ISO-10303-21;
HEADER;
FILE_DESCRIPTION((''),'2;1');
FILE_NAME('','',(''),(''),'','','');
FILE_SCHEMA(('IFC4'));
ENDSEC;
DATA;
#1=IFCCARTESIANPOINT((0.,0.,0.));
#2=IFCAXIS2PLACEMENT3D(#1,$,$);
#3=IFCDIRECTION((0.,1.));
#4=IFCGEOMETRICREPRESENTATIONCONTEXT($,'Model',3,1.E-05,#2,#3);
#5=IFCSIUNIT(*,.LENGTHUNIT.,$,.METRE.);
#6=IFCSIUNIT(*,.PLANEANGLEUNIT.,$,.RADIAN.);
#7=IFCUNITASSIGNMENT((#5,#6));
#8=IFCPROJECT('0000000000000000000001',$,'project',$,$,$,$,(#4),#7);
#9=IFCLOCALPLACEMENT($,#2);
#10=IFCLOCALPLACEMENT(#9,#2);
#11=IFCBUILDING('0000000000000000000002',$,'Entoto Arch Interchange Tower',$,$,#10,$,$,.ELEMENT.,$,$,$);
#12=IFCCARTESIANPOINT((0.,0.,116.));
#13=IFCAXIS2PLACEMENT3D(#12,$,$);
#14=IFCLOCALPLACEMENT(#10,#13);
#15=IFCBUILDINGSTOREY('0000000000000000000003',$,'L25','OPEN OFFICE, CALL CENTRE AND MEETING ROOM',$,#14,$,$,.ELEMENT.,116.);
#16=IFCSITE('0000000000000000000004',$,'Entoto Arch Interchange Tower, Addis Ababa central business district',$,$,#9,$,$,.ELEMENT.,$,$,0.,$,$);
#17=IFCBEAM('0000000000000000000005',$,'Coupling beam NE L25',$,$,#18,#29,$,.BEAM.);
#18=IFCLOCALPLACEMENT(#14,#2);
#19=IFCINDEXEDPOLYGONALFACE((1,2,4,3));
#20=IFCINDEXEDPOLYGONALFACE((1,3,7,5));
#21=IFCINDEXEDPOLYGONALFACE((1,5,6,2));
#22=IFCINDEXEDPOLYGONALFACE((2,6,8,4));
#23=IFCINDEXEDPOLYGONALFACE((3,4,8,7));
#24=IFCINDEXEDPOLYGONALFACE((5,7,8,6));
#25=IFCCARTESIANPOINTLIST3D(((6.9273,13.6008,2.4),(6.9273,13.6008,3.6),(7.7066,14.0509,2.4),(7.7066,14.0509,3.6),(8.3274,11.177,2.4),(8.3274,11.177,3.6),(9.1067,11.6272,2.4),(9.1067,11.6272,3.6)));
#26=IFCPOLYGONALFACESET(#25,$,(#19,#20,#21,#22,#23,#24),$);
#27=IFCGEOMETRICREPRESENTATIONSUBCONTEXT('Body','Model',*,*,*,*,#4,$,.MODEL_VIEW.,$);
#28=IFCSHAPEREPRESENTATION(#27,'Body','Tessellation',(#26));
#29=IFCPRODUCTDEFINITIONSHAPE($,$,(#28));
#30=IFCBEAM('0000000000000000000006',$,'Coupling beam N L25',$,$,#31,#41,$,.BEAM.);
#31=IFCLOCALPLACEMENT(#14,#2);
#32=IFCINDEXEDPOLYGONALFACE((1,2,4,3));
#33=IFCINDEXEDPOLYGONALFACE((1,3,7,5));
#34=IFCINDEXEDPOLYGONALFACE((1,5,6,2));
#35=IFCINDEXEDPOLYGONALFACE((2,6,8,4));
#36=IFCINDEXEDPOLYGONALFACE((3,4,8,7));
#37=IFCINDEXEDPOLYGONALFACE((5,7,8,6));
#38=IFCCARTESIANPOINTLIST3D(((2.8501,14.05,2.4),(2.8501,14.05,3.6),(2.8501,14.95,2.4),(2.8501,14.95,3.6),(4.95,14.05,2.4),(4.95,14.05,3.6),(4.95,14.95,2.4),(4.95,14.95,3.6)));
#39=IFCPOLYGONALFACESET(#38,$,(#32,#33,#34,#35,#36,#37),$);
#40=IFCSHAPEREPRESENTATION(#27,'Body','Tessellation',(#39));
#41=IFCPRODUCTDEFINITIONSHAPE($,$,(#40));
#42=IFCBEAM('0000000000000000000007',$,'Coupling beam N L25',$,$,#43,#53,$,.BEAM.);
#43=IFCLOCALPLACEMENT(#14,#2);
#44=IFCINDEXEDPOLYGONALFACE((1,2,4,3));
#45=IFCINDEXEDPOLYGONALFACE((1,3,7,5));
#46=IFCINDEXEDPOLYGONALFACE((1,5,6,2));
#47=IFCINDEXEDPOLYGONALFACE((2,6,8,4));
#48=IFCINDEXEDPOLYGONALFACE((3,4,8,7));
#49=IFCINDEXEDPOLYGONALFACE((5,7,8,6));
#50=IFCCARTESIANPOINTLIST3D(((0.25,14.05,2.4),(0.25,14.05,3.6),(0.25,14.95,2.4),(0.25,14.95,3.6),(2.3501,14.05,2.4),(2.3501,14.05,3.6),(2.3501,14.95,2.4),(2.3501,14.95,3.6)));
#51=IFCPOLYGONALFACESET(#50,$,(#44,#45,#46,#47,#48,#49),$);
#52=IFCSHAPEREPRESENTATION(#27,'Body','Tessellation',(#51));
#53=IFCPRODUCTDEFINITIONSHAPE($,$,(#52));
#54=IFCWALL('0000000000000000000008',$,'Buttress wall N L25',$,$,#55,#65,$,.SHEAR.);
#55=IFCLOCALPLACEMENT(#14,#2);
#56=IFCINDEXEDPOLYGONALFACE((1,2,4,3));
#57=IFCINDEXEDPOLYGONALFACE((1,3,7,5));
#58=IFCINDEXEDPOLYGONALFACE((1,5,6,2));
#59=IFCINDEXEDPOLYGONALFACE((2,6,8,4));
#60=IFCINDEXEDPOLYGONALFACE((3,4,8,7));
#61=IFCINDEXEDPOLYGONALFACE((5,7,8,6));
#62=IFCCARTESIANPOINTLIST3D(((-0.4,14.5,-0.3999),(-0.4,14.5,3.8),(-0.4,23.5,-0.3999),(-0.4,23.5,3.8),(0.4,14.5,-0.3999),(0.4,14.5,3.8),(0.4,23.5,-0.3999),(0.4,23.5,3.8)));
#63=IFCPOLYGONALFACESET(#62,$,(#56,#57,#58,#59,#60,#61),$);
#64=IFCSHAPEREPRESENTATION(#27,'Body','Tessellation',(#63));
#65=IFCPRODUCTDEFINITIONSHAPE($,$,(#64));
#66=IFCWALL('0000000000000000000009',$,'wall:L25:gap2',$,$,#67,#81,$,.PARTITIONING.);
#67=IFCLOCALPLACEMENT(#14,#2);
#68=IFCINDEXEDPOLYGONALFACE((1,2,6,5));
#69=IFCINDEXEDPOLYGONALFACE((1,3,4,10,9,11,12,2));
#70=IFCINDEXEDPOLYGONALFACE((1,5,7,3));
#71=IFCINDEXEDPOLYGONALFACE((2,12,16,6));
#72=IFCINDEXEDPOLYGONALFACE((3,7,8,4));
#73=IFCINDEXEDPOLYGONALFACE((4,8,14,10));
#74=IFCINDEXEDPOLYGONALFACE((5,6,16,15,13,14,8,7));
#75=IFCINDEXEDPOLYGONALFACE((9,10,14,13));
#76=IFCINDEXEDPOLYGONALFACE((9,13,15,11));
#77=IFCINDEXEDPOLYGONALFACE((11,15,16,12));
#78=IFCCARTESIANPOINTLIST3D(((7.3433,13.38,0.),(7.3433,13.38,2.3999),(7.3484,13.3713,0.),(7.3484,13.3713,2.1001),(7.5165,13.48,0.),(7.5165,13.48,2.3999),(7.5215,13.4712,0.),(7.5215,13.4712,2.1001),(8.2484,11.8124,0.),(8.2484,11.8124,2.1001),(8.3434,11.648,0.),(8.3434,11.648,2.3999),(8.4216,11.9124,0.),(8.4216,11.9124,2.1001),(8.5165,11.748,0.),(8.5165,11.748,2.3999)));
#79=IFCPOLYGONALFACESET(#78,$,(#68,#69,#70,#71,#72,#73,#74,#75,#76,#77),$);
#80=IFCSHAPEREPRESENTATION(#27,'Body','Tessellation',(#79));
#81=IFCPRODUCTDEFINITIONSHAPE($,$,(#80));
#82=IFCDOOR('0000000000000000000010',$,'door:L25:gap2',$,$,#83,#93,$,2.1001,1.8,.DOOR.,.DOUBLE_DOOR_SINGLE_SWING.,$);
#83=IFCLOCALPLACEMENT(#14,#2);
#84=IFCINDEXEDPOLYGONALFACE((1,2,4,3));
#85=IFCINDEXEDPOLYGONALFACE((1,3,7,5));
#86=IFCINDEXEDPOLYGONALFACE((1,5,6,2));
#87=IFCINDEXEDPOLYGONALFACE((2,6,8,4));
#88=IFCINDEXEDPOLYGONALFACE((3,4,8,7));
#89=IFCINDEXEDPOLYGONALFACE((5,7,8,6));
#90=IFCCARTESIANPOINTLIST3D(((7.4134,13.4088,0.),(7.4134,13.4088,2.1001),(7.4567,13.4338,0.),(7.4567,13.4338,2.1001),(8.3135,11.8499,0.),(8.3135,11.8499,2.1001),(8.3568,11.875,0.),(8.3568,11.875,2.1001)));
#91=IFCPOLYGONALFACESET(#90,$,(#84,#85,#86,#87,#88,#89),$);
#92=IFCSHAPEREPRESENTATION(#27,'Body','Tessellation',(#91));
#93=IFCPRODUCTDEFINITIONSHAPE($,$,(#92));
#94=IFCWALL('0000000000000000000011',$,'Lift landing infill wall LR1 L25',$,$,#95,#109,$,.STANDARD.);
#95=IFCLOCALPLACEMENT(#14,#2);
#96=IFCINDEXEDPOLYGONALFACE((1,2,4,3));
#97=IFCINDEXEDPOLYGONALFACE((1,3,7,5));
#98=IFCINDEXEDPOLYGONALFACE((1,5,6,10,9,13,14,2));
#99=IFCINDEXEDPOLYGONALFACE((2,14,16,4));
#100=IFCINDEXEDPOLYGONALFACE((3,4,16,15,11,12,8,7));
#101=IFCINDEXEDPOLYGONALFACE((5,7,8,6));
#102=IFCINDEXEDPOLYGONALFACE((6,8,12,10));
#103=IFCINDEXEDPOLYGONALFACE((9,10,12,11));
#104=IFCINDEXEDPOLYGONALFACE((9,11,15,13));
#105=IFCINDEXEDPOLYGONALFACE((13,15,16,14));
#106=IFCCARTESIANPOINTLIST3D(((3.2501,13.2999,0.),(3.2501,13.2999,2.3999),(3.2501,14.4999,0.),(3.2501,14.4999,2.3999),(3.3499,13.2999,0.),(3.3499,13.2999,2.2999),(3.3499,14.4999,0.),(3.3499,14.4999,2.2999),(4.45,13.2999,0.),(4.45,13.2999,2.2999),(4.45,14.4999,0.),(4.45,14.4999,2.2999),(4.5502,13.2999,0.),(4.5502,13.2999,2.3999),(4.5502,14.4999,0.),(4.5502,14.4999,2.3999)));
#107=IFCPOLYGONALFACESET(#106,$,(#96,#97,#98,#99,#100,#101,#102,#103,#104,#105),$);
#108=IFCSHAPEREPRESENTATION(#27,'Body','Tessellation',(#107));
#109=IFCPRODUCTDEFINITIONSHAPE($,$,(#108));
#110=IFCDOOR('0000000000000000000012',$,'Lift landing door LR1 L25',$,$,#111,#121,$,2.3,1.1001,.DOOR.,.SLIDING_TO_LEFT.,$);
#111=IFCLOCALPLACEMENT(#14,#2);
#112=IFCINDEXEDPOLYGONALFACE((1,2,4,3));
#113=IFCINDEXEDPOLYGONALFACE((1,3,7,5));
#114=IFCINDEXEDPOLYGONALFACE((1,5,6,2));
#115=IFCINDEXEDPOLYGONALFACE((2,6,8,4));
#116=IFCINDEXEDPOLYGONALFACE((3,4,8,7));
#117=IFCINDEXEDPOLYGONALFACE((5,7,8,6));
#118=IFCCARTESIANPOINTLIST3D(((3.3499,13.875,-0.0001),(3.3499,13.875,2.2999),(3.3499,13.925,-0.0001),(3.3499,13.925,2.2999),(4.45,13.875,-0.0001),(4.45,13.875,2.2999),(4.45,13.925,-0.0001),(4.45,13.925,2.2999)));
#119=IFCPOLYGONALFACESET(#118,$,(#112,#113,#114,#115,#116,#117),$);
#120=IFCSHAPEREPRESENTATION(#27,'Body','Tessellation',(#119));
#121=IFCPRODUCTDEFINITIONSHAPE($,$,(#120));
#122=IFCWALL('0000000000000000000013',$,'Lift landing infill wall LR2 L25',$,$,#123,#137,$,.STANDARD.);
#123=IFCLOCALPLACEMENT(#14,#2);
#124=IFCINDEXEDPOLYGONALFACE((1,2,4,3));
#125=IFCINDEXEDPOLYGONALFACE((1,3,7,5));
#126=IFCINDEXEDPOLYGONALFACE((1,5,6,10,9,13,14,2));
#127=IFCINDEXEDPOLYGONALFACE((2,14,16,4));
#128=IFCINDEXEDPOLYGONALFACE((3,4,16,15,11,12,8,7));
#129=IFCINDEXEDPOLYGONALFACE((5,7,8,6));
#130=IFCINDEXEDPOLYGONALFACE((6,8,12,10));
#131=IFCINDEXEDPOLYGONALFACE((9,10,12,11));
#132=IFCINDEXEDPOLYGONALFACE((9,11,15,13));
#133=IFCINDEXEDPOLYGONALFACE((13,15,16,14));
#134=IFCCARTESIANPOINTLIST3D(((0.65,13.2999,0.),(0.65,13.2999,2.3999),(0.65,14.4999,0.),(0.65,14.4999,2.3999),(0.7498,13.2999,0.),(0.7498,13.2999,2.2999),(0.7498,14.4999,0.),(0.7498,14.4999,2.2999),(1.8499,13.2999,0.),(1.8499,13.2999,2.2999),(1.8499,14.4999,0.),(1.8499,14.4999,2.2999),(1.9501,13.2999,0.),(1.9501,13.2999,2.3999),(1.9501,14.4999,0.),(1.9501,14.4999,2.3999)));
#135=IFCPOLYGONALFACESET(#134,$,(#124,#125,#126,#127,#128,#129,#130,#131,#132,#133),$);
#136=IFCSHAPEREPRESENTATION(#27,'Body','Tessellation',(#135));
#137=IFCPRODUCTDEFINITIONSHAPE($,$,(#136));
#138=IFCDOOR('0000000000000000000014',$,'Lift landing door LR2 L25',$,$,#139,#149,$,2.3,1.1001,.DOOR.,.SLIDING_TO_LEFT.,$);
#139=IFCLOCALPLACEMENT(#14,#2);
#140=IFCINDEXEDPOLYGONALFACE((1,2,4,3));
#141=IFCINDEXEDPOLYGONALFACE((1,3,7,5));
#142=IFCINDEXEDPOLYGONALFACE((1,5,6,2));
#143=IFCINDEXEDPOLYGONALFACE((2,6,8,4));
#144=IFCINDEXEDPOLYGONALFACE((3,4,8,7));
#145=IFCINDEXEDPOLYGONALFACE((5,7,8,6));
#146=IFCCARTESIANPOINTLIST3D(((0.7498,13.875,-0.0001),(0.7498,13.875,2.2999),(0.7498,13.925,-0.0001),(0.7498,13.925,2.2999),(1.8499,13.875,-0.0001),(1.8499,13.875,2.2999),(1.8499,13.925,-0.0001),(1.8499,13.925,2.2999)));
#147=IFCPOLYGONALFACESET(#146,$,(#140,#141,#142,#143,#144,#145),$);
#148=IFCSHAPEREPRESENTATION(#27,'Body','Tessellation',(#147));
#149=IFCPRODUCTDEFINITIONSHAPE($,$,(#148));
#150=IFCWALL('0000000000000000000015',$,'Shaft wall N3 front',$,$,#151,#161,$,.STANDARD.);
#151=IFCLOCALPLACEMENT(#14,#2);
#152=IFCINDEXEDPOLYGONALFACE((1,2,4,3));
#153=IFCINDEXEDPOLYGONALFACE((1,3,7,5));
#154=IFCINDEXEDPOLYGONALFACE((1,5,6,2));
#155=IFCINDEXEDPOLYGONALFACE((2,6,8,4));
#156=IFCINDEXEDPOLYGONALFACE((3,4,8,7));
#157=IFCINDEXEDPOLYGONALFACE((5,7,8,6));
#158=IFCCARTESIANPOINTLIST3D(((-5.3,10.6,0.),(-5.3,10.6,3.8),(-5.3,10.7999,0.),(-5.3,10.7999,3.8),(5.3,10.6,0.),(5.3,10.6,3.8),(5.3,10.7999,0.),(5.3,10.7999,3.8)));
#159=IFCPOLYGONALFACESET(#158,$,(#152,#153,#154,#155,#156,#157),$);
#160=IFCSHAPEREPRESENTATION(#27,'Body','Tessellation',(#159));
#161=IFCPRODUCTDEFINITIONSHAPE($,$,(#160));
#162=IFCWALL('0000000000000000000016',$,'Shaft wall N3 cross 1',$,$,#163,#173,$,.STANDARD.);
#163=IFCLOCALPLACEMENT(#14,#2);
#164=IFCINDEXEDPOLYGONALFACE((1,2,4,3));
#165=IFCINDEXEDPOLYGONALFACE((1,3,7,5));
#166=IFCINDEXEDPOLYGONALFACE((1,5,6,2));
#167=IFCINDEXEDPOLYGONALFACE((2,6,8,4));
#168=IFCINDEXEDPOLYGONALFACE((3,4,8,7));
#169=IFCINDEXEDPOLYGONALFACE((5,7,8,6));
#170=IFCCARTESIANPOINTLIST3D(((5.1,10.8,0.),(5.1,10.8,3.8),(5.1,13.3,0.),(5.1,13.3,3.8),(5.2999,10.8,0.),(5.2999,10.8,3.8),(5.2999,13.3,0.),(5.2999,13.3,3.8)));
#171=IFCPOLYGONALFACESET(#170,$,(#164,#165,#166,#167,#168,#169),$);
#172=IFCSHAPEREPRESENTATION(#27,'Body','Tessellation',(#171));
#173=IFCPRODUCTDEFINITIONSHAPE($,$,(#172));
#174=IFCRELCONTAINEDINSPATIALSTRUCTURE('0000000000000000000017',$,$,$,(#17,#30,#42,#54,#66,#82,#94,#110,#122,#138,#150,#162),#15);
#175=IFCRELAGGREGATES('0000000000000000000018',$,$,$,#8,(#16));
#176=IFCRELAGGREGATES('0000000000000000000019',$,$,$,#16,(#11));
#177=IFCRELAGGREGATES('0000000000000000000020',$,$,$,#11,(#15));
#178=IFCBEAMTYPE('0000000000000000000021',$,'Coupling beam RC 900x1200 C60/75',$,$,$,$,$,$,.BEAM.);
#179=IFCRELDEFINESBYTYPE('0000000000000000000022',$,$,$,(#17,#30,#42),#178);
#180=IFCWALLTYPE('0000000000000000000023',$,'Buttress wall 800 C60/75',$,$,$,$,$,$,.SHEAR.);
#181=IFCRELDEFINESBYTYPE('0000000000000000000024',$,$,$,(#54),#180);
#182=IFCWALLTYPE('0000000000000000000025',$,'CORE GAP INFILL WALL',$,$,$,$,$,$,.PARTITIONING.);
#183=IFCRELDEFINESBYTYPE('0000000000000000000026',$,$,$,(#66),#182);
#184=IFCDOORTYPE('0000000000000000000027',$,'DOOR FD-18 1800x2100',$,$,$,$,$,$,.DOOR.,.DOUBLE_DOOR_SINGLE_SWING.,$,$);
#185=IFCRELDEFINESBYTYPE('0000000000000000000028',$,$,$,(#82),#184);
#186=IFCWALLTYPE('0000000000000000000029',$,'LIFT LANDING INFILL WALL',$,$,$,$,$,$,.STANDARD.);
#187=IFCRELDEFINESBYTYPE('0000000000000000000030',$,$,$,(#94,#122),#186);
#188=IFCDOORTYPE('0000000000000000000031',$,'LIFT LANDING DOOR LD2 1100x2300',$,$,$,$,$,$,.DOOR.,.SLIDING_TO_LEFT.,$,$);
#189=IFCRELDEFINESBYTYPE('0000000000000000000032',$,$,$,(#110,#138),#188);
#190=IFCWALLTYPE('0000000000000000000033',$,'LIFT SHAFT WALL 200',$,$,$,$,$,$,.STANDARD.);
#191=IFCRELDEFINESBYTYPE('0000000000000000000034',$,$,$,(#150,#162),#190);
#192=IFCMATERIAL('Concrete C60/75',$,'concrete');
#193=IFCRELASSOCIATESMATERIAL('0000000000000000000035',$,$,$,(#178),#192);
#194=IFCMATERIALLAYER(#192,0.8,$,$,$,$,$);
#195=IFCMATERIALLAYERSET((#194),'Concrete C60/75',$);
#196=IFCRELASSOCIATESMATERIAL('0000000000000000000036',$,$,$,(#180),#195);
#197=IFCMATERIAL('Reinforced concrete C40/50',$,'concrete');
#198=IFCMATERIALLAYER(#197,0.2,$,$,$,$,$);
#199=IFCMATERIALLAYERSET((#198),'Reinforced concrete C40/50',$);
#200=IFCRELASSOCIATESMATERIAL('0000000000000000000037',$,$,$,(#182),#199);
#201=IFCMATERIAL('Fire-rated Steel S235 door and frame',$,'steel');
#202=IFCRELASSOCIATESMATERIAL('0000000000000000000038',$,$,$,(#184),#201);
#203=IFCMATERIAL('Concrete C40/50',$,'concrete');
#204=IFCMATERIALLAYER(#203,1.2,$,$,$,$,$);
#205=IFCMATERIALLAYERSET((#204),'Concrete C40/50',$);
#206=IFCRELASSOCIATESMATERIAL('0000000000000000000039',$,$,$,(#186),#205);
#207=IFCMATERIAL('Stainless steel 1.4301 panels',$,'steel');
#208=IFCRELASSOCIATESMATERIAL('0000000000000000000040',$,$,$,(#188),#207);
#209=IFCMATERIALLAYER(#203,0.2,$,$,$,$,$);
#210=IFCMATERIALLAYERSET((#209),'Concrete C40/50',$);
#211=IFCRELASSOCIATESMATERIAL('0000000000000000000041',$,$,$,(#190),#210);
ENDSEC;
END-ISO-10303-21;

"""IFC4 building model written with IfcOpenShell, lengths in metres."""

from ifc_helpers import new_model, si_unit, direction, frame, frame_2d, origin, origin_2d, place, context, subcontext, project, spatial, rectangle, extrude, material, layer, layer_set, material_profile, profile_set, type_object, element, fill, save


model = new_model("IFC4")

# Units and contexts
model_context = context("Model", 3, precision=1e-05, world=origin(), true_north=direction((0.0, 1.0)))
body_context = subcontext(model_context, "Body", "Model", "MODEL_VIEW")
ifc_project = project(units=[si_unit("LENGTHUNIT", "METRE"), si_unit("PLANEANGLEUNIT", "RADIAN")], contexts=[model_context])

# Site, building, storey
site_placement = place(None, origin())
site = spatial("IfcSite", under=ifc_project, at=site_placement, Name="Entoto Arch Interchange Tower, Addis Ababa central business district", CompositionType="ELEMENT", RefElevation=0.0)
building_placement = place(site_placement, origin())
building = spatial("IfcBuilding", under=site, at=building_placement, Name="Entoto Arch Interchange Tower", CompositionType="ELEMENT")
storey_placement = place(building_placement, frame((0.0, 0.0, 116.0)))
storey = spatial("IfcBuildingStorey", under=building, at=storey_placement, Name="L25", Description="OPEN OFFICE, CALL CENTRE AND MEETING ROOM", CompositionType="ELEMENT", Elevation=116.0)

# Beams
ifc_material_1 = material(Name="Concrete C60/75", Category="concrete")
ifc_material_profile = material_profile(ifc_material_1, rectangle(XDim=0.8999, YDim=1.2, at=origin_2d()))
ifc_profile_set = profile_set([ifc_material_profile], Name="Concrete C60/75")
beam_type = type_object("IfcBeamType", Name="Coupling beam RC 900x1200 C60/75", PredefinedType="BEAM", material=ifc_profile_set)
beam_1_placement = place(storey_placement, frame((8.717, 11.4021, 3.0), z_axis=(-0.500201, 0.86591, 0.0), x_axis=(-0.86591, -0.500201, 0.0)))
element("IfcBeam", 1, at=beam_1_placement, inside=storey, type_object=beam_type, Name="Coupling beam NE L25", PredefinedType="BEAM", context=body_context, shape_type="SweptSolid", body=[
    extrude(rectangle(XDim=0.8999, YDim=1.2, at=origin_2d()), origin(), (0.0, 0.0, 1.0), 2.7991),
])
beam_2_placement = place(storey_placement, frame((4.95, 14.5, 3.0), z_axis=(-1.0, 0.0, 0.0), x_axis=(0.0, -1.0, 0.0)))
element("IfcBeam", 2, at=beam_2_placement, inside=storey, type_object=beam_type, Name="Coupling beam N L25", PredefinedType="BEAM", context=body_context, shape_type="SweptSolid", body=[
    extrude(rectangle(XDim=0.8999, YDim=1.2, at=origin_2d()), origin(), (0.0, 0.0, 1.0), 2.0999),
])
beam_3_placement = place(storey_placement, frame((2.3501, 14.5, 3.0), z_axis=(-1.0, 0.0, 0.0), x_axis=(0.0, -1.0, 0.0)))
element("IfcBeam", 3, at=beam_3_placement, inside=storey, type_object=beam_type, Name="Coupling beam N L25", PredefinedType="BEAM", context=body_context, shape_type="SweptSolid", body=[
    extrude(rectangle(XDim=0.8999, YDim=1.2, at=origin_2d()), origin(), (0.0, 0.0, 1.0), 2.1001),
])

# Wall
ifc_layer_1 = layer(ifc_material_1, 0.8)
ifc_layer_set_1 = layer_set([ifc_layer_1], Name="Concrete C60/75")
wall_type_1 = type_object("IfcWallType", Name="Buttress wall 800 C60/75", PredefinedType="SHEAR", material=ifc_layer_set_1)
wall_1_placement = place(storey_placement, frame((0.0, 14.5, -0.3999), z_axis=(0.0, 0.0, 1.0), x_axis=(0.0, 1.0, 0.0)))
element("IfcWall", 4, at=wall_1_placement, inside=storey, type_object=wall_type_1, Name="Buttress wall N L25", PredefinedType="SHEAR", context=body_context, shape_type="SweptSolid", body=[
    extrude(rectangle(XDim=9.0, YDim=0.8, at=frame_2d((4.5, 0.0))), origin(), (0.0, 0.0, 1.0), 4.2),
])

# Walls, openings, doors
ifc_material_2 = material(Name="Reinforced concrete C40/50", Category="concrete")
ifc_layer_2 = layer(ifc_material_2, 0.2)
ifc_layer_set_2 = layer_set([ifc_layer_2], Name="Reinforced concrete C40/50")
wall_type_2 = type_object("IfcWallType", Name="CORE GAP INFILL WALL", PredefinedType="PARTITIONING", material=ifc_layer_set_2)
wall_2_placement = place(storey_placement, frame((8.4299, 11.698, 0.0), z_axis=(0.0, 0.0, 1.0), x_axis=(-0.500025, 0.866011, 0.0)))
wall_2 = element("IfcWall", 5, at=wall_2_placement, inside=storey, type_object=wall_type_2, Name="wall:L25:gap2", PredefinedType="PARTITIONING", context=body_context, shape_type="SweptSolid", body=[
    extrude(rectangle(XDim=2.0, YDim=0.2, at=frame_2d((1.0, 0.0))), origin(), (0.0, 0.0, 1.0), 2.3999),
])
opening_1_placement = place(wall_2_placement, frame((0.1899, 0.0, 0.0)))
opening_1 = element("IfcOpeningElement", 6, at=opening_1_placement, cuts=wall_2, PredefinedType="OPENING", context=body_context, shape_type="SweptSolid", body=[
    extrude(rectangle(XDim=1.8, YDim=2.1001, at=frame_2d((0.8999, 1.05))), frame((0.0, 0.1099, 0.0), z_axis=(0.0, -1.0, 0.0), x_axis=(1.0, 0.0, 0.0)), (0.0, 0.0, 1.0), 0.22),
])
ifc_material_3 = material(Name="Fire-rated Steel S235 door and frame", Category="steel")
door_type_1 = type_object("IfcDoorType", Name="DOOR FD-18 1800x2100", OperationType="DOUBLE_DOOR_SINGLE_SWING", PredefinedType="DOOR", material=ifc_material_3)
door_1_placement = place(opening_1_placement, origin())
door_1 = element("IfcDoor", 7, at=door_1_placement, inside=storey, type_object=door_type_1, Name="door:L25:gap2", OperationType="DOUBLE_DOOR_SINGLE_SWING", OverallHeight=2.1001, OverallWidth=1.8, PredefinedType="DOOR", context=body_context, shape_type="SweptSolid", body=[
    extrude(rectangle(XDim=1.8, YDim=2.1001, at=frame_2d((0.8999, 1.05))), frame((0.0, 0.0249, 0.0), z_axis=(0.0, -1.0, 0.0), x_axis=(1.0, 0.0, 0.0)), (0.0, 0.0, 1.0), 0.05),
])
fill(opening_1, door_1)
ifc_material_4 = material(Name="Concrete C40/50", Category="concrete")
ifc_layer_3 = layer(ifc_material_4, 1.2)
ifc_layer_set_3 = layer_set([ifc_layer_3], Name="Concrete C40/50")
wall_type_3 = type_object("IfcWallType", Name="LIFT LANDING INFILL WALL", PredefinedType="STANDARD", material=ifc_layer_set_3)
wall_3_placement = place(storey_placement, frame((4.55, 13.8999, 0.0), z_axis=(0.0, 0.0, 1.0), x_axis=(-1.0, 0.0, 0.0)))
wall_3 = element("IfcWall", 8, at=wall_3_placement, inside=storey, type_object=wall_type_3, Name="Lift landing infill wall LR1 L25", PredefinedType="STANDARD", context=body_context, shape_type="SweptSolid", body=[
    extrude(rectangle(XDim=1.3, YDim=1.2, at=frame_2d((0.6499, 0.0))), origin(), (0.0, 0.0, 1.0), 2.3999),
])
opening_2_placement = place(wall_3_placement, frame((0.1001, 0.0, 0.0)))
opening_2 = element("IfcOpeningElement", 9, at=opening_2_placement, cuts=wall_3, PredefinedType="OPENING", context=body_context, shape_type="SweptSolid", body=[
    extrude(rectangle(XDim=1.1001, YDim=2.3, at=frame_2d((0.55, 1.1499))), frame((0.0, 0.6099, 0.0), z_axis=(0.0, -1.0, 0.0), x_axis=(1.0, 0.0, 0.0)), (0.0, 0.0, 1.0), 1.22),
])
ifc_material_5 = material(Name="Stainless steel 1.4301 panels", Category="steel")
door_type_2 = type_object("IfcDoorType", Name="LIFT LANDING DOOR LD2 1100x2300", OperationType="SLIDING_TO_LEFT", PredefinedType="DOOR", material=ifc_material_5)
door_2_placement = place(opening_2_placement, origin())
door_2 = element("IfcDoor", 10, at=door_2_placement, inside=storey, type_object=door_type_2, Name="Lift landing door LR1 L25", OperationType="SLIDING_TO_LEFT", OverallHeight=2.3, OverallWidth=1.1001, PredefinedType="DOOR", context=body_context, shape_type="SweptSolid", body=[
    extrude(rectangle(XDim=1.1001, YDim=2.3, at=frame_2d((0.55, 1.1499))), frame((0.0, 0.0249, 0.0), z_axis=(0.0, -1.0, 0.0), x_axis=(1.0, 0.0, 0.0)), (0.0, 0.0, 1.0), 0.05),
])
fill(opening_2, door_2)
wall_4_placement = place(storey_placement, frame((1.95, 13.8999, 0.0), z_axis=(0.0, 0.0, 1.0), x_axis=(-1.0, 0.0, 0.0)))
wall_4 = element("IfcWall", 11, at=wall_4_placement, inside=storey, type_object=wall_type_3, Name="Lift landing infill wall LR2 L25", PredefinedType="STANDARD", context=body_context, shape_type="SweptSolid", body=[
    extrude(rectangle(XDim=1.3, YDim=1.2, at=frame_2d((0.6499, 0.0))), origin(), (0.0, 0.0, 1.0), 2.3999),
])
opening_3_placement = place(wall_4_placement, frame((0.1001, 0.0, 0.0)))
opening_3 = element("IfcOpeningElement", 12, at=opening_3_placement, cuts=wall_4, PredefinedType="OPENING", context=body_context, shape_type="SweptSolid", body=[
    extrude(rectangle(XDim=1.1001, YDim=2.3, at=frame_2d((0.55, 1.1499))), frame((0.0, 0.6099, 0.0), z_axis=(0.0, -1.0, 0.0), x_axis=(1.0, 0.0, 0.0)), (0.0, 0.0, 1.0), 1.22),
])
door_3_placement = place(opening_3_placement, origin())
door_3 = element("IfcDoor", 13, at=door_3_placement, inside=storey, type_object=door_type_2, Name="Lift landing door LR2 L25", OperationType="SLIDING_TO_LEFT", OverallHeight=2.3, OverallWidth=1.1001, PredefinedType="DOOR", context=body_context, shape_type="SweptSolid", body=[
    extrude(rectangle(XDim=1.1001, YDim=2.3, at=frame_2d((0.55, 1.1499))), frame((0.0, 0.0249, 0.0), z_axis=(0.0, -1.0, 0.0), x_axis=(1.0, 0.0, 0.0)), (0.0, 0.0, 1.0), 0.05),
])
fill(opening_3, door_3)

# Walls
ifc_layer_4 = layer(ifc_material_4, 0.2)
ifc_layer_set_4 = layer_set([ifc_layer_4], Name="Concrete C40/50")
wall_type_4 = type_object("IfcWallType", Name="LIFT SHAFT WALL 200", PredefinedType="STANDARD", material=ifc_layer_set_4)
wall_5_placement = place(storey_placement, frame((5.3, 10.7, 0.0), z_axis=(0.0, 0.0, 1.0), x_axis=(-1.0, 0.0, 0.0)))
element("IfcWall", 14, at=wall_5_placement, inside=storey, type_object=wall_type_4, Name="Shaft wall N3 front", PredefinedType="STANDARD", context=body_context, shape_type="SweptSolid", body=[
    extrude(rectangle(XDim=10.6001, YDim=0.2, at=frame_2d((5.3, 0.0))), origin(), (0.0, 0.0, 1.0), 3.8),
])
for number, where, z_axis, x_axis, name in (
    (15, (5.2, 10.8, 0.0), (0.0, 0.0, 1.0), (0.0, 1.0, 0.0), "Shaft wall N3 cross 1"),
):
    element("IfcWall", number, at=place(storey_placement, frame(where, z_axis=z_axis, x_axis=x_axis)), inside=storey, type_object=wall_type_4, Name=name, PredefinedType="STANDARD", context=body_context, shape_type="SweptSolid", body=[
        extrude(rectangle(XDim=2.5, YDim=0.2, at=frame_2d((1.25, 0.0))), origin(), (0.0, 0.0, 1.0), 3.8),
    ])

save(model, "model.ifc")
